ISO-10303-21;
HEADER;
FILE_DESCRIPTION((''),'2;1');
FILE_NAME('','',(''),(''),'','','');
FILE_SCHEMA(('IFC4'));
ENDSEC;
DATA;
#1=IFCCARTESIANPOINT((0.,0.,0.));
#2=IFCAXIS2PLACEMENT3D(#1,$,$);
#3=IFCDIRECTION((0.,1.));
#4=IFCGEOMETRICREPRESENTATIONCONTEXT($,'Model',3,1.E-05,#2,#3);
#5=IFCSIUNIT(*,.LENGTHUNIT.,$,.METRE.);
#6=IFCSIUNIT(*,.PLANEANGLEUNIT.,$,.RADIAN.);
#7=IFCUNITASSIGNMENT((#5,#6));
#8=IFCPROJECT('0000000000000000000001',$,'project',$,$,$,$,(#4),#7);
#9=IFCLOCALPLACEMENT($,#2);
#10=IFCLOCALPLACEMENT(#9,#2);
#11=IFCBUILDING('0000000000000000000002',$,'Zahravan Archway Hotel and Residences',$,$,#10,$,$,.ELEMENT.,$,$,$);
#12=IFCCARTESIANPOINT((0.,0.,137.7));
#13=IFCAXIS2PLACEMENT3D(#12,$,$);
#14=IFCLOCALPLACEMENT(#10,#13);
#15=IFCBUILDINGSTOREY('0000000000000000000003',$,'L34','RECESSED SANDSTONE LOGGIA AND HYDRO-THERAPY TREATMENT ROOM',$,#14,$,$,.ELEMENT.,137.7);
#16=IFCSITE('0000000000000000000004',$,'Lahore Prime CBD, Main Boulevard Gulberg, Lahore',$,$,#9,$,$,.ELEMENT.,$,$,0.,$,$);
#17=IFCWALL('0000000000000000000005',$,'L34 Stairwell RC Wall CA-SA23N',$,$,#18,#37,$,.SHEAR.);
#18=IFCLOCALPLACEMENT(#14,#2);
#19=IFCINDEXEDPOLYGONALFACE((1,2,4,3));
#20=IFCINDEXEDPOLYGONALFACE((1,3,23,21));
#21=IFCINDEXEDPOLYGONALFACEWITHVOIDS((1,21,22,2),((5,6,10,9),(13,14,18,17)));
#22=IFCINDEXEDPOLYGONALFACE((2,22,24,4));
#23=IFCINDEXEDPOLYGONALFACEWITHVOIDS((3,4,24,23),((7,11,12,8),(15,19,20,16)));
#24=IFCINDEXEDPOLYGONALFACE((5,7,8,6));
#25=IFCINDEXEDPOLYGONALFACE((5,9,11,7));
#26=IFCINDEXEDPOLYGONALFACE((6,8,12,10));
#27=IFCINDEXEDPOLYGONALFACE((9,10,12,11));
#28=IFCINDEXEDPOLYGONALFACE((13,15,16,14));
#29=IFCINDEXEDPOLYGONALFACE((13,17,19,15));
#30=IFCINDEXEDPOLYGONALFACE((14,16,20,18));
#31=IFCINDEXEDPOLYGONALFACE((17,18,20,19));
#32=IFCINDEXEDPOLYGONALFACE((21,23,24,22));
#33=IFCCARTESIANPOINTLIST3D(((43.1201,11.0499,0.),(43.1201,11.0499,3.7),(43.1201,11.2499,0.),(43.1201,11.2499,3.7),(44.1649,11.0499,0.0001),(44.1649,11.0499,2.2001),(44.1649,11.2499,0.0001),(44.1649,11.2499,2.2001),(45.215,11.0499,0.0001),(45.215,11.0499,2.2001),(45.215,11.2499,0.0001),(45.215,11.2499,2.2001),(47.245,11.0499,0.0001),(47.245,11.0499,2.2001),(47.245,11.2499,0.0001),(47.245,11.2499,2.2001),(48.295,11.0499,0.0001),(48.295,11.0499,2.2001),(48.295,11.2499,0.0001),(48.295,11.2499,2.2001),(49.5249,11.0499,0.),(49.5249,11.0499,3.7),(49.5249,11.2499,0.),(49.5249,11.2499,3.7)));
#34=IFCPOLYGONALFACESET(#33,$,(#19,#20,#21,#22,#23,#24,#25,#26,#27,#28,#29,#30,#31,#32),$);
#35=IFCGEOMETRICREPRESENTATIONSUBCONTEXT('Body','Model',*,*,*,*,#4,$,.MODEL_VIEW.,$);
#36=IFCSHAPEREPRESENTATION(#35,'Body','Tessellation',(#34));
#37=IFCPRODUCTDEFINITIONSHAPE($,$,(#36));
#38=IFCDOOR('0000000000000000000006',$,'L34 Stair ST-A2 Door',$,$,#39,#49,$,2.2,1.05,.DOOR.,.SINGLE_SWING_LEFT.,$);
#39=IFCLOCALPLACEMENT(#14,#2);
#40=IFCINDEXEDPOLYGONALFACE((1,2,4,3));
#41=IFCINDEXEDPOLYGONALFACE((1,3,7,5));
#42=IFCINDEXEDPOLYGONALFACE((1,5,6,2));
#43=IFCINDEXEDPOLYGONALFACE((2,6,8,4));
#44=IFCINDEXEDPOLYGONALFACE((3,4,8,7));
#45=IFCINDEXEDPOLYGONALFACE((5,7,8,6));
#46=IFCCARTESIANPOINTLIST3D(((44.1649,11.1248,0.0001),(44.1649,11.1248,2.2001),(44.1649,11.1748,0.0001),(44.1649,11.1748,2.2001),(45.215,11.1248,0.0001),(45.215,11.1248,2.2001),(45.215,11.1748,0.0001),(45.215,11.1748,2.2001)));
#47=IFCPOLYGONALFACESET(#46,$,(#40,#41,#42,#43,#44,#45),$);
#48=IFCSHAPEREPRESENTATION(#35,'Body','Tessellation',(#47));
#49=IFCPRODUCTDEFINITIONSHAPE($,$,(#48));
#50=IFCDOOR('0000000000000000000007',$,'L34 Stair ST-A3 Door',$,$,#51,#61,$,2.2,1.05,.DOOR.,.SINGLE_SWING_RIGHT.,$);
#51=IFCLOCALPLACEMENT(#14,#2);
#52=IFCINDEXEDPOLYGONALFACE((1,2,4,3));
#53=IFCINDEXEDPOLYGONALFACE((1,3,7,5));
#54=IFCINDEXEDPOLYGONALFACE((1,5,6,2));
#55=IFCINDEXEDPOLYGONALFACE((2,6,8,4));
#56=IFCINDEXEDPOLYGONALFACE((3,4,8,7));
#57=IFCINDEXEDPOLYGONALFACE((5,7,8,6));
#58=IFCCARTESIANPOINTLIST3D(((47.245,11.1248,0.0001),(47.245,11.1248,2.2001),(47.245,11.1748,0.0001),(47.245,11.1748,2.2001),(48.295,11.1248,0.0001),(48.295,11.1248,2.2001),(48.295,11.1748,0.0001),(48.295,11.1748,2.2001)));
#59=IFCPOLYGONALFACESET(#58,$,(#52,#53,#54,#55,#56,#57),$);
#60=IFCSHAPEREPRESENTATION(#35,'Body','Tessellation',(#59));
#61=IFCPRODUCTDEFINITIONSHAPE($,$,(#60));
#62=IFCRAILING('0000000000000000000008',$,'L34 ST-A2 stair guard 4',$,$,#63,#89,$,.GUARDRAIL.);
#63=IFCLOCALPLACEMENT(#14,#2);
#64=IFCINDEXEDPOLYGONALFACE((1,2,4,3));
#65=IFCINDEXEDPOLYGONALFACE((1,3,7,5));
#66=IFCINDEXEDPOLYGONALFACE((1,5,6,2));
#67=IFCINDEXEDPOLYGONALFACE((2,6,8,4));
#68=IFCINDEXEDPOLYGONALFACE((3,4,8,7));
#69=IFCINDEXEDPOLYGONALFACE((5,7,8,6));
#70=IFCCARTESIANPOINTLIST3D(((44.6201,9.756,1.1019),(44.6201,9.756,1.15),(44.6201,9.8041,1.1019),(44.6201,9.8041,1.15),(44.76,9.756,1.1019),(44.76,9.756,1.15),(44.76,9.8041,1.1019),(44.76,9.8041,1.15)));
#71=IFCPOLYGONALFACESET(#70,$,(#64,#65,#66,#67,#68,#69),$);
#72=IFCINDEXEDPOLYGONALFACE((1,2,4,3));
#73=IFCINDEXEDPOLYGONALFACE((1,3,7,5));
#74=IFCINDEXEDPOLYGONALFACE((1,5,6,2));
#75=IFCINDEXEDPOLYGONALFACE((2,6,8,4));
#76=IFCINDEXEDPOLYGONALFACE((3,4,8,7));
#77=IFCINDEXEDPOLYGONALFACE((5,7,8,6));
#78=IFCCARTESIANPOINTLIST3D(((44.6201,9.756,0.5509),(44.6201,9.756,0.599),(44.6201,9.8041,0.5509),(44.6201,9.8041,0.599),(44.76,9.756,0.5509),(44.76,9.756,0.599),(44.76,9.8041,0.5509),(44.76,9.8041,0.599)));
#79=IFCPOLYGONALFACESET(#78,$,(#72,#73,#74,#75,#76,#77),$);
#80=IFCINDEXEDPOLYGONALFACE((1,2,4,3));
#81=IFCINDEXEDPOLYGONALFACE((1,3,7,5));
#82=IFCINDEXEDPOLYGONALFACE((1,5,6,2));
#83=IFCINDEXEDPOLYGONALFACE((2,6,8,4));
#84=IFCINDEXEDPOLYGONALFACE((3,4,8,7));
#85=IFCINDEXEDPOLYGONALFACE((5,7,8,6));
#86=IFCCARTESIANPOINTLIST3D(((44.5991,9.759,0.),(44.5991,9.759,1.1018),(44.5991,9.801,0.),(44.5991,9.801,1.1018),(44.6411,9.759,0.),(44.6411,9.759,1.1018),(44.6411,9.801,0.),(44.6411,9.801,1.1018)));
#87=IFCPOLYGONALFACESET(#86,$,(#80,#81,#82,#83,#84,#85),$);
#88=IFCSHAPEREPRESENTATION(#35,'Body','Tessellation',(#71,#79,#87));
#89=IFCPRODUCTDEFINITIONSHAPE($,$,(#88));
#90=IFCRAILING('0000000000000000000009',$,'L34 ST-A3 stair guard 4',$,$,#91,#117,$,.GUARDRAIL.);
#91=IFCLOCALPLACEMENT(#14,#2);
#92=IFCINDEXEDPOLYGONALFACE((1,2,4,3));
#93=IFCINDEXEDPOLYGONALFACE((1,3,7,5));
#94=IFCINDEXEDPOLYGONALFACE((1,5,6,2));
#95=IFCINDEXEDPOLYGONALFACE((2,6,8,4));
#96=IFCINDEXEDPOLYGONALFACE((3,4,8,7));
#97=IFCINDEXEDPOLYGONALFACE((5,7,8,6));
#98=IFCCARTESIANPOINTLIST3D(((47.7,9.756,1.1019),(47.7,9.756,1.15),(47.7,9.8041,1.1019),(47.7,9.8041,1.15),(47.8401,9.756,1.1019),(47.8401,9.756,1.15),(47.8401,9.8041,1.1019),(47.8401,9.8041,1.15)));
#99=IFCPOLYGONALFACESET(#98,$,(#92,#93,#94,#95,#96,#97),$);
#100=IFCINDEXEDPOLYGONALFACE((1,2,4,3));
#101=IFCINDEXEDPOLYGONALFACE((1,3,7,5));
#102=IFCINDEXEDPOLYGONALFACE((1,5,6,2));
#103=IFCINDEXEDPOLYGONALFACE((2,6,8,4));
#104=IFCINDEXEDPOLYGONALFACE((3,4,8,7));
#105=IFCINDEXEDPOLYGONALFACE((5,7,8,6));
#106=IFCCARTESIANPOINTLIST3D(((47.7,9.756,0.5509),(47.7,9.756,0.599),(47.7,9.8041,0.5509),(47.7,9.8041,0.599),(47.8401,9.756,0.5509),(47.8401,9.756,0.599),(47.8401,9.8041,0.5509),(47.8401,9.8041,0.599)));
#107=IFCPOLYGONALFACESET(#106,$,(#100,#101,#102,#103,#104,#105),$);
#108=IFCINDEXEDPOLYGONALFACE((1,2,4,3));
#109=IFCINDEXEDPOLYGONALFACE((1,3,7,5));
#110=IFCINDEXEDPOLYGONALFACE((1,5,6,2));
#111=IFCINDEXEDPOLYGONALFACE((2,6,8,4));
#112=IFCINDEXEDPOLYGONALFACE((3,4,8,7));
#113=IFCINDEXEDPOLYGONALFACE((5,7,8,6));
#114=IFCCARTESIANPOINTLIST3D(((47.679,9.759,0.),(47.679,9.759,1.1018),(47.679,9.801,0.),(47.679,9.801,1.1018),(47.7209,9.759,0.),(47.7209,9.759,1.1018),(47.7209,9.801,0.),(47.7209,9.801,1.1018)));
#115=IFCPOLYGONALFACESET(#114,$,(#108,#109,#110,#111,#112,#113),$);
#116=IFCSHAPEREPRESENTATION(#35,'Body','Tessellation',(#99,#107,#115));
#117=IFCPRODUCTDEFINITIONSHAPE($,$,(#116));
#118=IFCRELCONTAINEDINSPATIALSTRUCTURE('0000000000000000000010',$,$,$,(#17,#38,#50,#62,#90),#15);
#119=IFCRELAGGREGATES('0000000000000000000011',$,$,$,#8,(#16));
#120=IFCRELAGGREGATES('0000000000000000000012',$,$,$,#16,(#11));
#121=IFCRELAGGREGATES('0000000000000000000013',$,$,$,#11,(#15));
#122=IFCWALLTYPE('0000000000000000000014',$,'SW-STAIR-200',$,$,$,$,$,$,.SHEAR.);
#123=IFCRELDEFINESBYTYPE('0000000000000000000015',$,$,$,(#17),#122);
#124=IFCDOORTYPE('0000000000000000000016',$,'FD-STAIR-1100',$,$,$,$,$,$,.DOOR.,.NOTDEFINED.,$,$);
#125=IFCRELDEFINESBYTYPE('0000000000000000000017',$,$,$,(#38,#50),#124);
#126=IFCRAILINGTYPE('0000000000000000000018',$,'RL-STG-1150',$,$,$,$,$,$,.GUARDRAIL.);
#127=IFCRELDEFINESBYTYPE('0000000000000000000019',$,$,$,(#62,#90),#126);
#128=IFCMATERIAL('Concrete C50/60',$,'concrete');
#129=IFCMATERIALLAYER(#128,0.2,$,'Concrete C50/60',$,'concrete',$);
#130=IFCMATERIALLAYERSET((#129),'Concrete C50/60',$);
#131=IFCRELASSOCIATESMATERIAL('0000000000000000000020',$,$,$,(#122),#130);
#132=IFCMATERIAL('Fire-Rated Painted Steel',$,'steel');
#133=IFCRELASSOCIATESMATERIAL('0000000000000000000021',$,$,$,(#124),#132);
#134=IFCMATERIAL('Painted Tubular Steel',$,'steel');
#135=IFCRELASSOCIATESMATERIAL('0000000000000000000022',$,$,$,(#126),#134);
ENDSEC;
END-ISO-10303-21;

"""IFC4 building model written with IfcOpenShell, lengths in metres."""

from ifc_helpers import new_model, si_unit, direction, frame, frame_2d, origin, origin_2d, place, context, subcontext, project, spatial, rectangle, extrude, source, transform, mapped, material, layer, layer_set, type_object, type_shapes, element, fill, save


model = new_model("IFC4")

# Units and contexts
model_context = context("Model", 3, precision=1e-05, world=origin(), true_north=direction((0.0, 1.0)))
body_context = subcontext(model_context, "Body", "Model", "MODEL_VIEW")
ifc_project = project(units=[si_unit("LENGTHUNIT", "METRE"), si_unit("PLANEANGLEUNIT", "RADIAN")], contexts=[model_context])

# Site, building, storey
site_placement = place(None, origin())
site = spatial("IfcSite", under=ifc_project, at=site_placement, Name="Lahore Prime CBD, Main Boulevard Gulberg, Lahore", CompositionType="ELEMENT", RefElevation=0.0)
building_placement = place(site_placement, origin())
building = spatial("IfcBuilding", under=site, at=building_placement, Name="Zahravan Archway Hotel and Residences", CompositionType="ELEMENT")
storey_placement = place(building_placement, frame((0.0, 0.0, 137.7)))
storey = spatial("IfcBuildingStorey", under=building, at=storey_placement, Name="L34", Description="RECESSED SANDSTONE LOGGIA AND HYDRO-THERAPY TREATMENT ROOM", CompositionType="ELEMENT", Elevation=137.7)

# Shared definitions
ifc_material_1 = material(Name="Fire-Rated Painted Steel", Category="steel")

# Wall, openings, doors
ifc_material_2 = material(Name="Concrete C50/60", Category="concrete")
ifc_layer_1 = layer(ifc_material_2, 0.2, Name="Concrete C50/60", Category="concrete")
ifc_layer_set_1 = layer_set([ifc_layer_1], Name="Concrete C50/60")
wall_type_1 = type_object("IfcWallType", Name="SW-STAIR-200", PredefinedType="SHEAR", material=ifc_layer_set_1)
wall_1_placement = place(storey_placement, frame((43.1201, 11.1499, 0.0), z_axis=(0.0, 0.0, 1.0), x_axis=(1.0, 0.0, 0.0)))
wall_1 = element("IfcWall", 1, at=wall_1_placement, inside=storey, type_object=wall_type_1, Name="L34 Stairwell RC Wall CA-SA23N", PredefinedType="SHEAR", context=body_context, shape_type="SweptSolid", body=[
    extrude(rectangle(XDim=6.4048, YDim=0.2, at=frame_2d((3.2024, 0.0))), origin(), (0.0, 0.0, 1.0), 3.7),
])
opening_1_placement = place(wall_1_placement, frame((1.0449, 0.0, 0.0)))
opening_1 = element("IfcOpeningElement", 2, at=opening_1_placement, cuts=wall_1, PredefinedType="OPENING", context=body_context, shape_type="SweptSolid", body=[
    extrude(rectangle(XDim=1.05, YDim=2.2, at=frame_2d((0.5249, 1.1001))), frame((0.0, 0.1099, 0.0), z_axis=(0.0, -1.0, 0.0), x_axis=(1.0, 0.0, 0.0)), (0.0, 0.0, 1.0), 0.22),
])
opening_2_placement = place(wall_1_placement, frame((4.125, 0.0, 0.0)))
opening_2 = element("IfcOpeningElement", 3, at=opening_2_placement, cuts=wall_1, PredefinedType="OPENING", context=body_context, shape_type="SweptSolid", body=[
    extrude(rectangle(XDim=1.05, YDim=2.2, at=frame_2d((0.5249, 1.1001))), frame((0.0, 0.1099, 0.0), z_axis=(0.0, -1.0, 0.0), x_axis=(1.0, 0.0, 0.0)), (0.0, 0.0, 1.0), 0.22),
])
door_type_1 = type_object("IfcDoorType", Name="FD-STAIR-1100", OperationType="NOTDEFINED", PredefinedType="DOOR", material=ifc_material_1)
shared_shape_1 = source(origin(), body_context, "Body", "SweptSolid", [
    extrude(rectangle(XDim=1.05, YDim=2.2, at=frame_2d((0.5249, 1.1001))), frame((0.0, 0.0249, 0.0), z_axis=(0.0, -1.0, 0.0), x_axis=(1.0, 0.0, 0.0)), (0.0, 0.0, 1.0), 0.05),
])
type_shapes(door_type_1, [shared_shape_1])
door_1_placement = place(opening_1_placement, origin())
door_1 = element("IfcDoor", 4, at=door_1_placement, inside=storey, type_object=door_type_1, Name="L34 Stair ST-A2 Door", OperationType="SINGLE_SWING_LEFT", OverallHeight=2.2, OverallWidth=1.05, PredefinedType="DOOR", context=body_context, shape_type="MappedRepresentation", body=[
    mapped(shared_shape_1, transform((0.0, 0.0, 0.0), scale=1.0)),
])
fill(opening_1, door_1)
door_2_placement = place(opening_2_placement, origin())
door_2 = element("IfcDoor", 5, at=door_2_placement, inside=storey, type_object=door_type_1, Name="L34 Stair ST-A3 Door", OperationType="SINGLE_SWING_RIGHT", OverallHeight=2.2, OverallWidth=1.05, PredefinedType="DOOR", context=body_context, shape_type="MappedRepresentation", body=[
    mapped(shared_shape_1, transform((0.0, 0.0, 0.0), scale=1.0)),
])
fill(opening_2, door_2)

# Railings
ifc_material_3 = material(Name="Painted Tubular Steel", Category="steel")
railing_type = type_object("IfcRailingType", Name="RL-STG-1150", PredefinedType="GUARDRAIL", material=ifc_material_3)
railing_1_placement = place(storey_placement, frame((44.6201, 9.78, 0.0)))
element("IfcRailing", 6, at=railing_1_placement, inside=storey, type_object=railing_type, Name="L34 ST-A2 stair guard 4", PredefinedType="GUARDRAIL", context=body_context, shape_type="SweptSolid", body=[
    extrude(rectangle(XDim=0.0481, YDim=0.0481, at=origin_2d()), frame((0.0, 0.0, 1.126), z_axis=(1.0, 0.0, 0.0), x_axis=(0.0, 1.0, 0.0)), (0.0, 0.0, 1.0), 0.1399),
    extrude(rectangle(XDim=0.0481, YDim=0.0481, at=origin_2d()), frame((0.0, 0.0, 0.575), z_axis=(1.0, 0.0, 0.0), x_axis=(0.0, 1.0, 0.0)), (0.0, 0.0, 1.0), 0.1399),
    extrude(rectangle(XDim=0.042, YDim=0.042, at=origin_2d()), origin(), (0.0, 0.0, 1.0), 1.1018),
])
railing_2_placement = place(storey_placement, frame((47.7, 9.78, 0.0)))
element("IfcRailing", 7, at=railing_2_placement, inside=storey, type_object=railing_type, Name="L34 ST-A3 stair guard 4", PredefinedType="GUARDRAIL", context=body_context, shape_type="SweptSolid", body=[
    extrude(rectangle(XDim=0.0481, YDim=0.0481, at=origin_2d()), frame((0.0, 0.0, 1.126), z_axis=(1.0, 0.0, 0.0), x_axis=(0.0, 1.0, 0.0)), (0.0, 0.0, 1.0), 0.1401),
    extrude(rectangle(XDim=0.0481, YDim=0.0481, at=origin_2d()), frame((0.0, 0.0, 0.575), z_axis=(1.0, 0.0, 0.0), x_axis=(0.0, 1.0, 0.0)), (0.0, 0.0, 1.0), 0.1401),
    extrude(rectangle(XDim=0.042, YDim=0.042, at=origin_2d()), origin(), (0.0, 0.0, 1.0), 1.1018),
])

save(model, "model.ifc")
